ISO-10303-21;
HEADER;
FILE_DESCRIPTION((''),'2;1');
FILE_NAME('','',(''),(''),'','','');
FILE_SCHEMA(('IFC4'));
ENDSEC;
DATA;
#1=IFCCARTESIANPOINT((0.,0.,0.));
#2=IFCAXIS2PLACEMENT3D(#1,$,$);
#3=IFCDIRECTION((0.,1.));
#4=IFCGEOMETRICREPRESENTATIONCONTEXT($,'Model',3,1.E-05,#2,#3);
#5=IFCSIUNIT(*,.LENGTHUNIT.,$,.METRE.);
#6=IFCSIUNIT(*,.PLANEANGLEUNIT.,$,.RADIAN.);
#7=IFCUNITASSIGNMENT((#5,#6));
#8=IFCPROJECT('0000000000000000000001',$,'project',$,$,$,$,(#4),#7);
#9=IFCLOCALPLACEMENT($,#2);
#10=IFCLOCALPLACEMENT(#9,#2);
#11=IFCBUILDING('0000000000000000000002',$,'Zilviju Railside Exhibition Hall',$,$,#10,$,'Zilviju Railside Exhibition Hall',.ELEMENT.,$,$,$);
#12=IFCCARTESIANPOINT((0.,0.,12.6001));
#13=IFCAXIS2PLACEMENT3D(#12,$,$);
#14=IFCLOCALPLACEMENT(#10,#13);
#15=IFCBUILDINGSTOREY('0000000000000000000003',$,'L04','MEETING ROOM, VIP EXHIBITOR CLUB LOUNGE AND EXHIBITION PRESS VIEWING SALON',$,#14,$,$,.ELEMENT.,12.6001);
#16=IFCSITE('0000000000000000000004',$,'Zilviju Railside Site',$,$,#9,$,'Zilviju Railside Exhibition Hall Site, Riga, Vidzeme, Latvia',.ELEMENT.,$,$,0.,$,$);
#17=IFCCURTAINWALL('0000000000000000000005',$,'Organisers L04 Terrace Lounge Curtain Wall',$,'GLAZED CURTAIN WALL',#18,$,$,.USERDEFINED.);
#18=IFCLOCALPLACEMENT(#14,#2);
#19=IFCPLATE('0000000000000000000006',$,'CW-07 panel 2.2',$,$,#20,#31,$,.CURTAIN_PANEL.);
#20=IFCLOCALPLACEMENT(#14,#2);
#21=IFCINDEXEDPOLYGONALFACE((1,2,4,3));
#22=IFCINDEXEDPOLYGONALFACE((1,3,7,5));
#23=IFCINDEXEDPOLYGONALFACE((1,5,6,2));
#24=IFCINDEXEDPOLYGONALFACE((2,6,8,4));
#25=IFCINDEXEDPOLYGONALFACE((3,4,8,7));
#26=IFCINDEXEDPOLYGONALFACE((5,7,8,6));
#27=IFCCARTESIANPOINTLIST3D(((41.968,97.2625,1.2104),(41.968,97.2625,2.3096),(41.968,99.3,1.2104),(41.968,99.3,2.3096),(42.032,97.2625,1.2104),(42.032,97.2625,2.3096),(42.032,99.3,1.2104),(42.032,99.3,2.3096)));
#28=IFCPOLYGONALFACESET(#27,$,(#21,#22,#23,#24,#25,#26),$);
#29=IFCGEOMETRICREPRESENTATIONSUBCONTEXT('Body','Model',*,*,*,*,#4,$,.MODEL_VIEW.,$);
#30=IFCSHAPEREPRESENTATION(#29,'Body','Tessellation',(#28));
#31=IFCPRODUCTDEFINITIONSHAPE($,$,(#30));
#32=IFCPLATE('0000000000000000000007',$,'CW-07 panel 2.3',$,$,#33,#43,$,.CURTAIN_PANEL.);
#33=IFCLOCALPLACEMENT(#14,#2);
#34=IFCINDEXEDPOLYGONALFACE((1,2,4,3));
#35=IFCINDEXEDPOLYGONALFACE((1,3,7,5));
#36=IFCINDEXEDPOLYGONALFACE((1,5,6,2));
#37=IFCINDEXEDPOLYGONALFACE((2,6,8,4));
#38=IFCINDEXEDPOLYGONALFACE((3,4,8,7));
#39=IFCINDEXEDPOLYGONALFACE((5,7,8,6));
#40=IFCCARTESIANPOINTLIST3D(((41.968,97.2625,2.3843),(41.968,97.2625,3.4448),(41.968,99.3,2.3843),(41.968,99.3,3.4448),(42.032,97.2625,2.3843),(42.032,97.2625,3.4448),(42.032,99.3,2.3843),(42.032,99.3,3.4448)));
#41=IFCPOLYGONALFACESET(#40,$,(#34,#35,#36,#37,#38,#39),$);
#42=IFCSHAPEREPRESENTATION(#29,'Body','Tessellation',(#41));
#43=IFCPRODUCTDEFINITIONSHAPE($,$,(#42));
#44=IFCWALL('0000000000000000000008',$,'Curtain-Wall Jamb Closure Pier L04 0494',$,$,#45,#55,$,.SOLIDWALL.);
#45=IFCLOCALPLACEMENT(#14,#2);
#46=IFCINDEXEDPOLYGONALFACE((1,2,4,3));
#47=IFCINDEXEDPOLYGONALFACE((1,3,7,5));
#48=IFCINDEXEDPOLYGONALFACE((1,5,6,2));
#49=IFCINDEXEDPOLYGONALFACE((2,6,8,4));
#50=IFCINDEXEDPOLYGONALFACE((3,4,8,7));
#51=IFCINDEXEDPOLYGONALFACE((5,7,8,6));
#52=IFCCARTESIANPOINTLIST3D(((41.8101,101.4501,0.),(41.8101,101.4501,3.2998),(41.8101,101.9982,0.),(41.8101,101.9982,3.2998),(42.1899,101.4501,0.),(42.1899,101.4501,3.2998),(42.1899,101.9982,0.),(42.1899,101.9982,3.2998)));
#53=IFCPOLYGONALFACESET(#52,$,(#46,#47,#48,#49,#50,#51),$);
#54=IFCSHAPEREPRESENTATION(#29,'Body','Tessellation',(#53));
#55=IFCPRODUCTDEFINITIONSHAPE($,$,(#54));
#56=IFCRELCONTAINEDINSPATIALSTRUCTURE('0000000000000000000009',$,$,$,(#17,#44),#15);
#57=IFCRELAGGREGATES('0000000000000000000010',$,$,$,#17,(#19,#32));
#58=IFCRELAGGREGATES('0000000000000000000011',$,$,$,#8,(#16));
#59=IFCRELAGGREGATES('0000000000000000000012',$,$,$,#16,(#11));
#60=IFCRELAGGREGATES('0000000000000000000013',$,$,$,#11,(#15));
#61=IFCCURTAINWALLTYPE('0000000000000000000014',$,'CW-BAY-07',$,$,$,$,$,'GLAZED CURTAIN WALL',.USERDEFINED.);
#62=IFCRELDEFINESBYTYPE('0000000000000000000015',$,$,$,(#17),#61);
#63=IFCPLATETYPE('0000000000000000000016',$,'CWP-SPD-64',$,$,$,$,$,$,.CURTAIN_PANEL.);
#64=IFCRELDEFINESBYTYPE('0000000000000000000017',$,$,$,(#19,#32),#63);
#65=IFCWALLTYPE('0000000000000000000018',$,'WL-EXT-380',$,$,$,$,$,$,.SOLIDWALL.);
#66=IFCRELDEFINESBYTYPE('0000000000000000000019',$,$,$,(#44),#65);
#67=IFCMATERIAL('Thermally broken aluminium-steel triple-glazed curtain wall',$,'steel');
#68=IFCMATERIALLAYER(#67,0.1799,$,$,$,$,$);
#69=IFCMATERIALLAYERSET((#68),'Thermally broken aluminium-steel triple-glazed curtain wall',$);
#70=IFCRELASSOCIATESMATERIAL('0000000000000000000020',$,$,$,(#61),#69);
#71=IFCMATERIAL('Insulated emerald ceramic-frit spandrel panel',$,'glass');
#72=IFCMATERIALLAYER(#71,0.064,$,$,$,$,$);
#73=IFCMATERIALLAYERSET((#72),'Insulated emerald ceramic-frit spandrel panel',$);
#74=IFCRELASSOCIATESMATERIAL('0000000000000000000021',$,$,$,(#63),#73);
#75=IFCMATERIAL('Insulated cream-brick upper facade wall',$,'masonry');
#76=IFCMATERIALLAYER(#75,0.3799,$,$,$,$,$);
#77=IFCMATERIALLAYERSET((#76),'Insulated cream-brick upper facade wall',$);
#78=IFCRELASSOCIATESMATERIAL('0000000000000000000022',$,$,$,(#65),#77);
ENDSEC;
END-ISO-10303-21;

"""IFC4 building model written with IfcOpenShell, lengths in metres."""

from ifc_helpers import new_model, si_unit, direction, frame, frame_2d, origin, origin_2d, place, context, subcontext, project, spatial, rectangle, extrude, material, layer, layer_set, type_object, element, aggregate, save


model = new_model("IFC4")

# Units and contexts
model_context = context("Model", 3, precision=1e-05, world=origin(), true_north=direction((0.0, 1.0)))
body_context = subcontext(model_context, "Body", "Model", "MODEL_VIEW")
ifc_project = project(units=[si_unit("LENGTHUNIT", "METRE"), si_unit("PLANEANGLEUNIT", "RADIAN")], contexts=[model_context])

# Site, building, storey
site_placement = place(None, origin())
site = spatial("IfcSite", under=ifc_project, at=site_placement, Name="Zilviju Railside Site", LongName="Zilviju Railside Exhibition Hall Site, Riga, Vidzeme, Latvia", CompositionType="ELEMENT", RefElevation=0.0)
building_placement = place(site_placement, origin())
building = spatial("IfcBuilding", under=site, at=building_placement, Name="Zilviju Railside Exhibition Hall", LongName="Zilviju Railside Exhibition Hall", CompositionType="ELEMENT")
storey_placement = place(building_placement, frame((0.0, 0.0, 12.6001)))
storey = spatial("IfcBuildingStorey", under=building, at=storey_placement, Name="L04", Description="MEETING ROOM, VIP EXHIBITOR CLUB LOUNGE AND EXHIBITION PRESS VIEWING SALON", CompositionType="ELEMENT", Elevation=12.6001)

# Curtain wall, plates
ifc_material_1 = material(Name="Thermally broken aluminium-steel triple-glazed curtain wall", Category="steel")
ifc_layer_1 = layer(ifc_material_1, 0.1799)
ifc_layer_set_1 = layer_set([ifc_layer_1], Name="Thermally broken aluminium-steel triple-glazed curtain wall")
curtain_wall_type = type_object("IfcCurtainWallType", Name="CW-BAY-07", ElementType="GLAZED CURTAIN WALL", PredefinedType="USERDEFINED", material=ifc_layer_set_1)
curtain_wall_placement = place(storey_placement, origin())
curtain_wall = element("IfcCurtainWall", 1, at=curtain_wall_placement, inside=storey, type_object=curtain_wall_type, Name="Organisers L04 Terrace Lounge Curtain Wall", ObjectType="GLAZED CURTAIN WALL", PredefinedType="USERDEFINED")
ifc_material_2 = material(Name="Insulated emerald ceramic-frit spandrel panel", Category="glass")
ifc_layer_2 = layer(ifc_material_2, 0.064)
ifc_layer_set_2 = layer_set([ifc_layer_2], Name="Insulated emerald ceramic-frit spandrel panel")
plate_type = type_object("IfcPlateType", Name="CWP-SPD-64", PredefinedType="CURTAIN_PANEL", material=ifc_layer_set_2)
plate_1_placement = place(storey_placement, frame((42.0, 98.2812, 1.2104), z_axis=(0.0, 0.0, 1.0), x_axis=(0.0, -1.0, 0.0)))
plate_1 = element("IfcPlate", 2, at=plate_1_placement, type_object=plate_type, Name="CW-07 panel 2.2", PredefinedType="CURTAIN_PANEL", context=body_context, shape_type="SweptSolid", body=[
    extrude(rectangle(XDim=2.0376, YDim=0.064, at=origin_2d()), origin(), (0.0, 0.0, 1.0), 1.0991),
])
plate_2_placement = place(storey_placement, frame((42.0, 98.2812, 2.3843), z_axis=(0.0, 0.0, 1.0), x_axis=(0.0, -1.0, 0.0)))
plate_2 = element("IfcPlate", 3, at=plate_2_placement, type_object=plate_type, Name="CW-07 panel 2.3", PredefinedType="CURTAIN_PANEL", context=body_context, shape_type="SweptSolid", body=[
    extrude(rectangle(XDim=2.0376, YDim=0.064, at=origin_2d()), origin(), (0.0, 0.0, 1.0), 1.0605),
])
aggregate(curtain_wall, [plate_1, plate_2])

# Wall
ifc_material_3 = material(Name="Insulated cream-brick upper facade wall", Category="masonry")
ifc_layer_3 = layer(ifc_material_3, 0.3799)
ifc_layer_set_3 = layer_set([ifc_layer_3], Name="Insulated cream-brick upper facade wall")
wall_type = type_object("IfcWallType", Name="WL-EXT-380", PredefinedType="SOLIDWALL", material=ifc_layer_set_3)
wall_placement = place(storey_placement, frame((42.0, 101.998, 0.0), z_axis=(0.0, 0.0, 1.0), x_axis=(0.0, -1.0, 0.0)))
element("IfcWall", 4, at=wall_placement, inside=storey, type_object=wall_type, Name="Curtain-Wall Jamb Closure Pier L04 0494", PredefinedType="SOLIDWALL", context=body_context, shape_type="SweptSolid", body=[
    extrude(rectangle(XDim=0.5481, YDim=0.3799, at=frame_2d((0.2739, 0.0))), origin(), (0.0, 0.0, 1.0), 3.2998),
])

save(model, "model.ifc")
